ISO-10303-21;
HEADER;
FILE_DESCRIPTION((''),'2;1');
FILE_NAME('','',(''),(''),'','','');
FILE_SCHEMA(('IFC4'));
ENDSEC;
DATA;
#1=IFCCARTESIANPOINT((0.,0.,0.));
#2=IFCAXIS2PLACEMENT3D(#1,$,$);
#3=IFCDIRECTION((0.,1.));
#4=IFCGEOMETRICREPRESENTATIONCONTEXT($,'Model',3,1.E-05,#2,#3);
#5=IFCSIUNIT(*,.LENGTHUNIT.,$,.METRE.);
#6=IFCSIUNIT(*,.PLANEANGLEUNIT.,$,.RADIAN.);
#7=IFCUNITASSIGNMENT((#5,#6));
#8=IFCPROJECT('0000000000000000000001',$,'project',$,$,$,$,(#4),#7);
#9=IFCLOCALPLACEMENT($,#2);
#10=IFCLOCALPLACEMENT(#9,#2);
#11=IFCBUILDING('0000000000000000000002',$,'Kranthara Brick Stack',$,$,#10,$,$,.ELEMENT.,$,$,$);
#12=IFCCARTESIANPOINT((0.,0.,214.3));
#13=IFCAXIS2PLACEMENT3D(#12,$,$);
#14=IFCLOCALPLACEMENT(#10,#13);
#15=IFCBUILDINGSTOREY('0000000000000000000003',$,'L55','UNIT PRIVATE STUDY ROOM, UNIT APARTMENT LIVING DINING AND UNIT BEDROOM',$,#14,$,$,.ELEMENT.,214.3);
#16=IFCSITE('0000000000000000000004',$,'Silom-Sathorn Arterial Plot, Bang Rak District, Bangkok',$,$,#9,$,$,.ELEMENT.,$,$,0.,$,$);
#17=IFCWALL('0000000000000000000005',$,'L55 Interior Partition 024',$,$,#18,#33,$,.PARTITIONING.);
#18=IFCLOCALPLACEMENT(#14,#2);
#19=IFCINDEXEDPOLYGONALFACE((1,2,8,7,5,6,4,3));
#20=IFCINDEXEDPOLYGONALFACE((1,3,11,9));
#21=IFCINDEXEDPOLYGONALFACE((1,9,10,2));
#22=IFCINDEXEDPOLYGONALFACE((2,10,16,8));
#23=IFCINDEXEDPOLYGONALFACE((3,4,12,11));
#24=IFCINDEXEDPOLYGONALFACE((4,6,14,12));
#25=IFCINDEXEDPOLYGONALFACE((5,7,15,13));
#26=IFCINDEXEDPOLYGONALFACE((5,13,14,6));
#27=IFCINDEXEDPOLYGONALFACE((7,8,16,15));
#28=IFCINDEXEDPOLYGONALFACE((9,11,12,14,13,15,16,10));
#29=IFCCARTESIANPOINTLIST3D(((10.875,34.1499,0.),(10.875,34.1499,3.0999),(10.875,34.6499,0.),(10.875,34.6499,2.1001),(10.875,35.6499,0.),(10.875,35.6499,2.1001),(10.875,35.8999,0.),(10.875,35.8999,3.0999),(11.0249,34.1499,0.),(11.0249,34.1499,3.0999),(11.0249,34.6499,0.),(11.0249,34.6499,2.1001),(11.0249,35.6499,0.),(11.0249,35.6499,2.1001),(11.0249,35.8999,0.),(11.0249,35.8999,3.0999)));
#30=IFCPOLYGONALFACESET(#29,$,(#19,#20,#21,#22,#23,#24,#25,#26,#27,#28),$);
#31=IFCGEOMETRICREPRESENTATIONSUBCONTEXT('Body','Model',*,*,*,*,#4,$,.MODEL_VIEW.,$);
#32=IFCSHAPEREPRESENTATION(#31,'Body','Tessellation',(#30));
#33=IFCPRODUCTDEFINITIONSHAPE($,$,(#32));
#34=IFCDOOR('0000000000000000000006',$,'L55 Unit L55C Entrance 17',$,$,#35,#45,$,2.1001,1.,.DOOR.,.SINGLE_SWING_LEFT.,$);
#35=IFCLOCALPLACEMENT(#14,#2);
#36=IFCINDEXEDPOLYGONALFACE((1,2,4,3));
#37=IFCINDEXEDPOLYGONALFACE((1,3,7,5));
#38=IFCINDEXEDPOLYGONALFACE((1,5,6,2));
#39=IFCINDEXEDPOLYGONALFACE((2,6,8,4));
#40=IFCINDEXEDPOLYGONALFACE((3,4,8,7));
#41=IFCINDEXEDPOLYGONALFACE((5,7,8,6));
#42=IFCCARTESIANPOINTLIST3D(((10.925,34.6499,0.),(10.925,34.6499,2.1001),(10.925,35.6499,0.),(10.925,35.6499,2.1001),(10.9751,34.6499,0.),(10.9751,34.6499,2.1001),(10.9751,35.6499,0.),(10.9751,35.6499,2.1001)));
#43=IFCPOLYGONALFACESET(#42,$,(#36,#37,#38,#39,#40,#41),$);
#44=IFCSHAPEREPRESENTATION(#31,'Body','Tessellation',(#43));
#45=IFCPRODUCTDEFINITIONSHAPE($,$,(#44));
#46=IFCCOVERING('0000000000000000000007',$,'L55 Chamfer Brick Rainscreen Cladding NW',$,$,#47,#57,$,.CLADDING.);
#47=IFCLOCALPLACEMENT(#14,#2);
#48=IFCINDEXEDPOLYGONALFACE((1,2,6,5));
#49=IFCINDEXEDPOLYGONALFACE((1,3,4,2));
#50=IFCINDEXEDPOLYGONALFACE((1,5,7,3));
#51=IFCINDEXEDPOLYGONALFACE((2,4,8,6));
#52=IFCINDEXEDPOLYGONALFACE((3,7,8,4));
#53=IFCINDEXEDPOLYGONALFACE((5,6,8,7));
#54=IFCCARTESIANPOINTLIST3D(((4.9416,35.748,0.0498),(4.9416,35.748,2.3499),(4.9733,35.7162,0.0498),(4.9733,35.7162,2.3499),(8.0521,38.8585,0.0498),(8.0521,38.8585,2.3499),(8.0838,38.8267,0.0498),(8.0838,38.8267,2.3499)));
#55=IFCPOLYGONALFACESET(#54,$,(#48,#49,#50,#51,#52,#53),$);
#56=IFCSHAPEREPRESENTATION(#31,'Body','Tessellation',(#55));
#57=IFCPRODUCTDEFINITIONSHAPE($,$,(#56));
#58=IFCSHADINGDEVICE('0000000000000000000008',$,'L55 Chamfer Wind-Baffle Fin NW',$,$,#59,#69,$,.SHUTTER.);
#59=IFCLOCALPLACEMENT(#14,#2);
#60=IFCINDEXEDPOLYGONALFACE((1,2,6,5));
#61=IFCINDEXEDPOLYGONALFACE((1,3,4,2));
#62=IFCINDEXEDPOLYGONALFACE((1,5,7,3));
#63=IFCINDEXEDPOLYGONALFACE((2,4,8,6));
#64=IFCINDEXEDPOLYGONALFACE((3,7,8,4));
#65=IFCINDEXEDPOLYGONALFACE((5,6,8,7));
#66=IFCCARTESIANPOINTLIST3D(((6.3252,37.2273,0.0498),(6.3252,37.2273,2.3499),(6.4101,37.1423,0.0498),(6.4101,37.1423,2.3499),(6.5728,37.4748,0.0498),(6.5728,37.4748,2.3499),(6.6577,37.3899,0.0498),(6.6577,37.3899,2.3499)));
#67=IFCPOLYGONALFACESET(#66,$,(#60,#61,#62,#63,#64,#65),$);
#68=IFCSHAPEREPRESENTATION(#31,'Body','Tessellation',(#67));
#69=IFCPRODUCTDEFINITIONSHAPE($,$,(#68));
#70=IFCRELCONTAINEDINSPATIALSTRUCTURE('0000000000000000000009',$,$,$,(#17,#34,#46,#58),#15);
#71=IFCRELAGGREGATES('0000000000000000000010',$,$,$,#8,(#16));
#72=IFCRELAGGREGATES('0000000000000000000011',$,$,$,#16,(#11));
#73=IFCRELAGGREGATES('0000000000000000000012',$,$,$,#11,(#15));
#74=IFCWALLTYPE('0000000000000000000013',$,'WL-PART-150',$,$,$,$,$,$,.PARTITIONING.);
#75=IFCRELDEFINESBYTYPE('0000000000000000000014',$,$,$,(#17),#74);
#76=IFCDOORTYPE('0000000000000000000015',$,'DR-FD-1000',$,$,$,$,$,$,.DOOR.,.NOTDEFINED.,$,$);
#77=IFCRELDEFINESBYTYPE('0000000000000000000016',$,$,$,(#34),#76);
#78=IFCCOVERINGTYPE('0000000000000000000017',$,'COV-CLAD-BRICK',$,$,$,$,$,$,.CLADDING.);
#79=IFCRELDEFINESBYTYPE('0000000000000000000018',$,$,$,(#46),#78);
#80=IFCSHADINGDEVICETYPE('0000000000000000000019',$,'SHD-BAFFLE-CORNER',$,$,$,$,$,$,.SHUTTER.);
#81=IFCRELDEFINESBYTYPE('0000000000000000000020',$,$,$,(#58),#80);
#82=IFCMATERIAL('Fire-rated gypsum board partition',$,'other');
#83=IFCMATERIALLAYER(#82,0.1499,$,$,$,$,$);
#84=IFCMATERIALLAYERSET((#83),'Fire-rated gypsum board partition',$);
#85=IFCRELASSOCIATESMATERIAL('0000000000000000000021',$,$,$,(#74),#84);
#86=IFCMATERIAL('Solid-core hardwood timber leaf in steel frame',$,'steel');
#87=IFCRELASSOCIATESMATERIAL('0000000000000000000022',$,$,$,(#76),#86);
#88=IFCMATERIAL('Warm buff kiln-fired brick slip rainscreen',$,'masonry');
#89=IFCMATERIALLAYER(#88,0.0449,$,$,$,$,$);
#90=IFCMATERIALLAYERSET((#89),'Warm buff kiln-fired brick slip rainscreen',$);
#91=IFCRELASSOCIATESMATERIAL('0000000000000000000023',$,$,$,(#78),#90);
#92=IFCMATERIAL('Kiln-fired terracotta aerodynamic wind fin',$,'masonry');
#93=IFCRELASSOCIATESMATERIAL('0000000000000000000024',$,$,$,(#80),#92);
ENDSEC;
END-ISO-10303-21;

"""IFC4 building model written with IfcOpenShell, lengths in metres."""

from ifc_helpers import new_model, si_unit, direction, frame, frame_2d, origin, origin_2d, place, context, subcontext, project, spatial, rectangle, extrude, material, layer, layer_set, type_object, element, fill, save


model = new_model("IFC4")

# Units and contexts
model_context = context("Model", 3, precision=1e-05, world=origin(), true_north=direction((0.0, 1.0)))
body_context = subcontext(model_context, "Body", "Model", "MODEL_VIEW")
ifc_project = project(units=[si_unit("LENGTHUNIT", "METRE"), si_unit("PLANEANGLEUNIT", "RADIAN")], contexts=[model_context])

# Site, building, storey
site_placement = place(None, origin())
site = spatial("IfcSite", under=ifc_project, at=site_placement, Name="Silom-Sathorn Arterial Plot, Bang Rak District, Bangkok", CompositionType="ELEMENT", RefElevation=0.0)
building_placement = place(site_placement, origin())
building = spatial("IfcBuilding", under=site, at=building_placement, Name="Kranthara Brick Stack", CompositionType="ELEMENT")
storey_placement = place(building_placement, frame((0.0, 0.0, 214.3)))
storey = spatial("IfcBuildingStorey", under=building, at=storey_placement, Name="L55", Description="UNIT PRIVATE STUDY ROOM, UNIT APARTMENT LIVING DINING AND UNIT BEDROOM", CompositionType="ELEMENT", Elevation=214.3)

# Wall, opening, door
ifc_material_1 = material(Name="Fire-rated gypsum board partition", Category="other")
ifc_layer_1 = layer(ifc_material_1, 0.1499)
ifc_layer_set_1 = layer_set([ifc_layer_1], Name="Fire-rated gypsum board partition")
wall_type_1 = type_object("IfcWallType", Name="WL-PART-150", PredefinedType="PARTITIONING", material=ifc_layer_set_1)
wall_1_placement = place(storey_placement, frame((10.95, 34.1499, 0.0), z_axis=(0.0, 0.0, 1.0), x_axis=(0.0, 1.0, 0.0)))
wall_1 = element("IfcWall", 1, at=wall_1_placement, inside=storey, type_object=wall_type_1, Name="L55 Interior Partition 024", PredefinedType="PARTITIONING", context=body_context, shape_type="SweptSolid", body=[
    extrude(rectangle(XDim=1.75, YDim=0.1499, at=frame_2d((0.875, 0.0))), origin(), (0.0, 0.0, 1.0), 3.0999),
])
opening_1_placement = place(wall_1_placement, frame((0.5, 0.0, 0.0)))
opening_1 = element("IfcOpeningElement", 2, at=opening_1_placement, cuts=wall_1, PredefinedType="OPENING", context=body_context, shape_type="SweptSolid", body=[
    extrude(rectangle(XDim=1.0, YDim=2.1001, at=frame_2d((0.5, 1.05))), frame((0.0, 0.085, 0.0), z_axis=(0.0, -1.0, 0.0), x_axis=(1.0, 0.0, 0.0)), (0.0, 0.0, 1.0), 0.1699),
])
ifc_material_2 = material(Name="Solid-core hardwood timber leaf in steel frame", Category="steel")
door_type_1 = type_object("IfcDoorType", Name="DR-FD-1000", OperationType="NOTDEFINED", PredefinedType="DOOR", material=ifc_material_2)
door_1_placement = place(opening_1_placement, origin())
door_1 = element("IfcDoor", 3, at=door_1_placement, inside=storey, type_object=door_type_1, Name="L55 Unit L55C Entrance 17", OperationType="SINGLE_SWING_LEFT", OverallHeight=2.1001, OverallWidth=1.0, PredefinedType="DOOR", context=body_context, shape_type="SweptSolid", body=[
    extrude(rectangle(XDim=1.0, YDim=2.1001, at=frame_2d((0.5, 1.05))), frame((0.0, 0.0249, 0.0), z_axis=(0.0, -1.0, 0.0), x_axis=(1.0, 0.0, 0.0)), (0.0, 0.0, 1.0), 0.05),
])
fill(opening_1, door_1)

# Covering
ifc_material_3 = material(Name="Warm buff kiln-fired brick slip rainscreen", Category="masonry")
ifc_layer_2 = layer(ifc_material_3, 0.0449)
ifc_layer_set_2 = layer_set([ifc_layer_2], Name="Warm buff kiln-fired brick slip rainscreen")
covering_type = type_object("IfcCoveringType", Name="COV-CLAD-BRICK", PredefinedType="CLADDING", material=ifc_layer_set_2)
covering_placement = place(storey_placement, frame((6.5127, 37.2874, 0.0498), z_axis=(0.0, 0.0, 1.0), x_axis=(0.707107, 0.707107, 0.0)))
element("IfcCovering", 4, at=covering_placement, inside=storey, type_object=covering_type, Name="L55 Chamfer Brick Rainscreen Cladding NW", PredefinedType="CLADDING", context=body_context, shape_type="SweptSolid", body=[
    extrude(rectangle(XDim=4.3989, YDim=0.0449, at=origin_2d()), origin(), (0.0, 0.0, 1.0), 2.3),
])

# Shading device
ifc_material_4 = material(Name="Kiln-fired terracotta aerodynamic wind fin", Category="masonry")
shading_device_type = type_object("IfcShadingDeviceType", Name="SHD-BAFFLE-CORNER", PredefinedType="SHUTTER", material=ifc_material_4)
shading_device_placement = place(storey_placement, frame((6.4915, 37.3086, 0.0498), z_axis=(0.0, 0.0, 1.0), x_axis=(0.707107, 0.707107, 0.0)))
element("IfcShadingDevice", 5, at=shading_device_placement, inside=storey, type_object=shading_device_type, Name="L55 Chamfer Wind-Baffle Fin NW", PredefinedType="SHUTTER", context=body_context, shape_type="SweptSolid", body=[
    extrude(rectangle(XDim=0.3501, YDim=0.1201, at=origin_2d()), origin(), (0.0, 0.0, 1.0), 2.3),
])

save(model, "model.ifc")
